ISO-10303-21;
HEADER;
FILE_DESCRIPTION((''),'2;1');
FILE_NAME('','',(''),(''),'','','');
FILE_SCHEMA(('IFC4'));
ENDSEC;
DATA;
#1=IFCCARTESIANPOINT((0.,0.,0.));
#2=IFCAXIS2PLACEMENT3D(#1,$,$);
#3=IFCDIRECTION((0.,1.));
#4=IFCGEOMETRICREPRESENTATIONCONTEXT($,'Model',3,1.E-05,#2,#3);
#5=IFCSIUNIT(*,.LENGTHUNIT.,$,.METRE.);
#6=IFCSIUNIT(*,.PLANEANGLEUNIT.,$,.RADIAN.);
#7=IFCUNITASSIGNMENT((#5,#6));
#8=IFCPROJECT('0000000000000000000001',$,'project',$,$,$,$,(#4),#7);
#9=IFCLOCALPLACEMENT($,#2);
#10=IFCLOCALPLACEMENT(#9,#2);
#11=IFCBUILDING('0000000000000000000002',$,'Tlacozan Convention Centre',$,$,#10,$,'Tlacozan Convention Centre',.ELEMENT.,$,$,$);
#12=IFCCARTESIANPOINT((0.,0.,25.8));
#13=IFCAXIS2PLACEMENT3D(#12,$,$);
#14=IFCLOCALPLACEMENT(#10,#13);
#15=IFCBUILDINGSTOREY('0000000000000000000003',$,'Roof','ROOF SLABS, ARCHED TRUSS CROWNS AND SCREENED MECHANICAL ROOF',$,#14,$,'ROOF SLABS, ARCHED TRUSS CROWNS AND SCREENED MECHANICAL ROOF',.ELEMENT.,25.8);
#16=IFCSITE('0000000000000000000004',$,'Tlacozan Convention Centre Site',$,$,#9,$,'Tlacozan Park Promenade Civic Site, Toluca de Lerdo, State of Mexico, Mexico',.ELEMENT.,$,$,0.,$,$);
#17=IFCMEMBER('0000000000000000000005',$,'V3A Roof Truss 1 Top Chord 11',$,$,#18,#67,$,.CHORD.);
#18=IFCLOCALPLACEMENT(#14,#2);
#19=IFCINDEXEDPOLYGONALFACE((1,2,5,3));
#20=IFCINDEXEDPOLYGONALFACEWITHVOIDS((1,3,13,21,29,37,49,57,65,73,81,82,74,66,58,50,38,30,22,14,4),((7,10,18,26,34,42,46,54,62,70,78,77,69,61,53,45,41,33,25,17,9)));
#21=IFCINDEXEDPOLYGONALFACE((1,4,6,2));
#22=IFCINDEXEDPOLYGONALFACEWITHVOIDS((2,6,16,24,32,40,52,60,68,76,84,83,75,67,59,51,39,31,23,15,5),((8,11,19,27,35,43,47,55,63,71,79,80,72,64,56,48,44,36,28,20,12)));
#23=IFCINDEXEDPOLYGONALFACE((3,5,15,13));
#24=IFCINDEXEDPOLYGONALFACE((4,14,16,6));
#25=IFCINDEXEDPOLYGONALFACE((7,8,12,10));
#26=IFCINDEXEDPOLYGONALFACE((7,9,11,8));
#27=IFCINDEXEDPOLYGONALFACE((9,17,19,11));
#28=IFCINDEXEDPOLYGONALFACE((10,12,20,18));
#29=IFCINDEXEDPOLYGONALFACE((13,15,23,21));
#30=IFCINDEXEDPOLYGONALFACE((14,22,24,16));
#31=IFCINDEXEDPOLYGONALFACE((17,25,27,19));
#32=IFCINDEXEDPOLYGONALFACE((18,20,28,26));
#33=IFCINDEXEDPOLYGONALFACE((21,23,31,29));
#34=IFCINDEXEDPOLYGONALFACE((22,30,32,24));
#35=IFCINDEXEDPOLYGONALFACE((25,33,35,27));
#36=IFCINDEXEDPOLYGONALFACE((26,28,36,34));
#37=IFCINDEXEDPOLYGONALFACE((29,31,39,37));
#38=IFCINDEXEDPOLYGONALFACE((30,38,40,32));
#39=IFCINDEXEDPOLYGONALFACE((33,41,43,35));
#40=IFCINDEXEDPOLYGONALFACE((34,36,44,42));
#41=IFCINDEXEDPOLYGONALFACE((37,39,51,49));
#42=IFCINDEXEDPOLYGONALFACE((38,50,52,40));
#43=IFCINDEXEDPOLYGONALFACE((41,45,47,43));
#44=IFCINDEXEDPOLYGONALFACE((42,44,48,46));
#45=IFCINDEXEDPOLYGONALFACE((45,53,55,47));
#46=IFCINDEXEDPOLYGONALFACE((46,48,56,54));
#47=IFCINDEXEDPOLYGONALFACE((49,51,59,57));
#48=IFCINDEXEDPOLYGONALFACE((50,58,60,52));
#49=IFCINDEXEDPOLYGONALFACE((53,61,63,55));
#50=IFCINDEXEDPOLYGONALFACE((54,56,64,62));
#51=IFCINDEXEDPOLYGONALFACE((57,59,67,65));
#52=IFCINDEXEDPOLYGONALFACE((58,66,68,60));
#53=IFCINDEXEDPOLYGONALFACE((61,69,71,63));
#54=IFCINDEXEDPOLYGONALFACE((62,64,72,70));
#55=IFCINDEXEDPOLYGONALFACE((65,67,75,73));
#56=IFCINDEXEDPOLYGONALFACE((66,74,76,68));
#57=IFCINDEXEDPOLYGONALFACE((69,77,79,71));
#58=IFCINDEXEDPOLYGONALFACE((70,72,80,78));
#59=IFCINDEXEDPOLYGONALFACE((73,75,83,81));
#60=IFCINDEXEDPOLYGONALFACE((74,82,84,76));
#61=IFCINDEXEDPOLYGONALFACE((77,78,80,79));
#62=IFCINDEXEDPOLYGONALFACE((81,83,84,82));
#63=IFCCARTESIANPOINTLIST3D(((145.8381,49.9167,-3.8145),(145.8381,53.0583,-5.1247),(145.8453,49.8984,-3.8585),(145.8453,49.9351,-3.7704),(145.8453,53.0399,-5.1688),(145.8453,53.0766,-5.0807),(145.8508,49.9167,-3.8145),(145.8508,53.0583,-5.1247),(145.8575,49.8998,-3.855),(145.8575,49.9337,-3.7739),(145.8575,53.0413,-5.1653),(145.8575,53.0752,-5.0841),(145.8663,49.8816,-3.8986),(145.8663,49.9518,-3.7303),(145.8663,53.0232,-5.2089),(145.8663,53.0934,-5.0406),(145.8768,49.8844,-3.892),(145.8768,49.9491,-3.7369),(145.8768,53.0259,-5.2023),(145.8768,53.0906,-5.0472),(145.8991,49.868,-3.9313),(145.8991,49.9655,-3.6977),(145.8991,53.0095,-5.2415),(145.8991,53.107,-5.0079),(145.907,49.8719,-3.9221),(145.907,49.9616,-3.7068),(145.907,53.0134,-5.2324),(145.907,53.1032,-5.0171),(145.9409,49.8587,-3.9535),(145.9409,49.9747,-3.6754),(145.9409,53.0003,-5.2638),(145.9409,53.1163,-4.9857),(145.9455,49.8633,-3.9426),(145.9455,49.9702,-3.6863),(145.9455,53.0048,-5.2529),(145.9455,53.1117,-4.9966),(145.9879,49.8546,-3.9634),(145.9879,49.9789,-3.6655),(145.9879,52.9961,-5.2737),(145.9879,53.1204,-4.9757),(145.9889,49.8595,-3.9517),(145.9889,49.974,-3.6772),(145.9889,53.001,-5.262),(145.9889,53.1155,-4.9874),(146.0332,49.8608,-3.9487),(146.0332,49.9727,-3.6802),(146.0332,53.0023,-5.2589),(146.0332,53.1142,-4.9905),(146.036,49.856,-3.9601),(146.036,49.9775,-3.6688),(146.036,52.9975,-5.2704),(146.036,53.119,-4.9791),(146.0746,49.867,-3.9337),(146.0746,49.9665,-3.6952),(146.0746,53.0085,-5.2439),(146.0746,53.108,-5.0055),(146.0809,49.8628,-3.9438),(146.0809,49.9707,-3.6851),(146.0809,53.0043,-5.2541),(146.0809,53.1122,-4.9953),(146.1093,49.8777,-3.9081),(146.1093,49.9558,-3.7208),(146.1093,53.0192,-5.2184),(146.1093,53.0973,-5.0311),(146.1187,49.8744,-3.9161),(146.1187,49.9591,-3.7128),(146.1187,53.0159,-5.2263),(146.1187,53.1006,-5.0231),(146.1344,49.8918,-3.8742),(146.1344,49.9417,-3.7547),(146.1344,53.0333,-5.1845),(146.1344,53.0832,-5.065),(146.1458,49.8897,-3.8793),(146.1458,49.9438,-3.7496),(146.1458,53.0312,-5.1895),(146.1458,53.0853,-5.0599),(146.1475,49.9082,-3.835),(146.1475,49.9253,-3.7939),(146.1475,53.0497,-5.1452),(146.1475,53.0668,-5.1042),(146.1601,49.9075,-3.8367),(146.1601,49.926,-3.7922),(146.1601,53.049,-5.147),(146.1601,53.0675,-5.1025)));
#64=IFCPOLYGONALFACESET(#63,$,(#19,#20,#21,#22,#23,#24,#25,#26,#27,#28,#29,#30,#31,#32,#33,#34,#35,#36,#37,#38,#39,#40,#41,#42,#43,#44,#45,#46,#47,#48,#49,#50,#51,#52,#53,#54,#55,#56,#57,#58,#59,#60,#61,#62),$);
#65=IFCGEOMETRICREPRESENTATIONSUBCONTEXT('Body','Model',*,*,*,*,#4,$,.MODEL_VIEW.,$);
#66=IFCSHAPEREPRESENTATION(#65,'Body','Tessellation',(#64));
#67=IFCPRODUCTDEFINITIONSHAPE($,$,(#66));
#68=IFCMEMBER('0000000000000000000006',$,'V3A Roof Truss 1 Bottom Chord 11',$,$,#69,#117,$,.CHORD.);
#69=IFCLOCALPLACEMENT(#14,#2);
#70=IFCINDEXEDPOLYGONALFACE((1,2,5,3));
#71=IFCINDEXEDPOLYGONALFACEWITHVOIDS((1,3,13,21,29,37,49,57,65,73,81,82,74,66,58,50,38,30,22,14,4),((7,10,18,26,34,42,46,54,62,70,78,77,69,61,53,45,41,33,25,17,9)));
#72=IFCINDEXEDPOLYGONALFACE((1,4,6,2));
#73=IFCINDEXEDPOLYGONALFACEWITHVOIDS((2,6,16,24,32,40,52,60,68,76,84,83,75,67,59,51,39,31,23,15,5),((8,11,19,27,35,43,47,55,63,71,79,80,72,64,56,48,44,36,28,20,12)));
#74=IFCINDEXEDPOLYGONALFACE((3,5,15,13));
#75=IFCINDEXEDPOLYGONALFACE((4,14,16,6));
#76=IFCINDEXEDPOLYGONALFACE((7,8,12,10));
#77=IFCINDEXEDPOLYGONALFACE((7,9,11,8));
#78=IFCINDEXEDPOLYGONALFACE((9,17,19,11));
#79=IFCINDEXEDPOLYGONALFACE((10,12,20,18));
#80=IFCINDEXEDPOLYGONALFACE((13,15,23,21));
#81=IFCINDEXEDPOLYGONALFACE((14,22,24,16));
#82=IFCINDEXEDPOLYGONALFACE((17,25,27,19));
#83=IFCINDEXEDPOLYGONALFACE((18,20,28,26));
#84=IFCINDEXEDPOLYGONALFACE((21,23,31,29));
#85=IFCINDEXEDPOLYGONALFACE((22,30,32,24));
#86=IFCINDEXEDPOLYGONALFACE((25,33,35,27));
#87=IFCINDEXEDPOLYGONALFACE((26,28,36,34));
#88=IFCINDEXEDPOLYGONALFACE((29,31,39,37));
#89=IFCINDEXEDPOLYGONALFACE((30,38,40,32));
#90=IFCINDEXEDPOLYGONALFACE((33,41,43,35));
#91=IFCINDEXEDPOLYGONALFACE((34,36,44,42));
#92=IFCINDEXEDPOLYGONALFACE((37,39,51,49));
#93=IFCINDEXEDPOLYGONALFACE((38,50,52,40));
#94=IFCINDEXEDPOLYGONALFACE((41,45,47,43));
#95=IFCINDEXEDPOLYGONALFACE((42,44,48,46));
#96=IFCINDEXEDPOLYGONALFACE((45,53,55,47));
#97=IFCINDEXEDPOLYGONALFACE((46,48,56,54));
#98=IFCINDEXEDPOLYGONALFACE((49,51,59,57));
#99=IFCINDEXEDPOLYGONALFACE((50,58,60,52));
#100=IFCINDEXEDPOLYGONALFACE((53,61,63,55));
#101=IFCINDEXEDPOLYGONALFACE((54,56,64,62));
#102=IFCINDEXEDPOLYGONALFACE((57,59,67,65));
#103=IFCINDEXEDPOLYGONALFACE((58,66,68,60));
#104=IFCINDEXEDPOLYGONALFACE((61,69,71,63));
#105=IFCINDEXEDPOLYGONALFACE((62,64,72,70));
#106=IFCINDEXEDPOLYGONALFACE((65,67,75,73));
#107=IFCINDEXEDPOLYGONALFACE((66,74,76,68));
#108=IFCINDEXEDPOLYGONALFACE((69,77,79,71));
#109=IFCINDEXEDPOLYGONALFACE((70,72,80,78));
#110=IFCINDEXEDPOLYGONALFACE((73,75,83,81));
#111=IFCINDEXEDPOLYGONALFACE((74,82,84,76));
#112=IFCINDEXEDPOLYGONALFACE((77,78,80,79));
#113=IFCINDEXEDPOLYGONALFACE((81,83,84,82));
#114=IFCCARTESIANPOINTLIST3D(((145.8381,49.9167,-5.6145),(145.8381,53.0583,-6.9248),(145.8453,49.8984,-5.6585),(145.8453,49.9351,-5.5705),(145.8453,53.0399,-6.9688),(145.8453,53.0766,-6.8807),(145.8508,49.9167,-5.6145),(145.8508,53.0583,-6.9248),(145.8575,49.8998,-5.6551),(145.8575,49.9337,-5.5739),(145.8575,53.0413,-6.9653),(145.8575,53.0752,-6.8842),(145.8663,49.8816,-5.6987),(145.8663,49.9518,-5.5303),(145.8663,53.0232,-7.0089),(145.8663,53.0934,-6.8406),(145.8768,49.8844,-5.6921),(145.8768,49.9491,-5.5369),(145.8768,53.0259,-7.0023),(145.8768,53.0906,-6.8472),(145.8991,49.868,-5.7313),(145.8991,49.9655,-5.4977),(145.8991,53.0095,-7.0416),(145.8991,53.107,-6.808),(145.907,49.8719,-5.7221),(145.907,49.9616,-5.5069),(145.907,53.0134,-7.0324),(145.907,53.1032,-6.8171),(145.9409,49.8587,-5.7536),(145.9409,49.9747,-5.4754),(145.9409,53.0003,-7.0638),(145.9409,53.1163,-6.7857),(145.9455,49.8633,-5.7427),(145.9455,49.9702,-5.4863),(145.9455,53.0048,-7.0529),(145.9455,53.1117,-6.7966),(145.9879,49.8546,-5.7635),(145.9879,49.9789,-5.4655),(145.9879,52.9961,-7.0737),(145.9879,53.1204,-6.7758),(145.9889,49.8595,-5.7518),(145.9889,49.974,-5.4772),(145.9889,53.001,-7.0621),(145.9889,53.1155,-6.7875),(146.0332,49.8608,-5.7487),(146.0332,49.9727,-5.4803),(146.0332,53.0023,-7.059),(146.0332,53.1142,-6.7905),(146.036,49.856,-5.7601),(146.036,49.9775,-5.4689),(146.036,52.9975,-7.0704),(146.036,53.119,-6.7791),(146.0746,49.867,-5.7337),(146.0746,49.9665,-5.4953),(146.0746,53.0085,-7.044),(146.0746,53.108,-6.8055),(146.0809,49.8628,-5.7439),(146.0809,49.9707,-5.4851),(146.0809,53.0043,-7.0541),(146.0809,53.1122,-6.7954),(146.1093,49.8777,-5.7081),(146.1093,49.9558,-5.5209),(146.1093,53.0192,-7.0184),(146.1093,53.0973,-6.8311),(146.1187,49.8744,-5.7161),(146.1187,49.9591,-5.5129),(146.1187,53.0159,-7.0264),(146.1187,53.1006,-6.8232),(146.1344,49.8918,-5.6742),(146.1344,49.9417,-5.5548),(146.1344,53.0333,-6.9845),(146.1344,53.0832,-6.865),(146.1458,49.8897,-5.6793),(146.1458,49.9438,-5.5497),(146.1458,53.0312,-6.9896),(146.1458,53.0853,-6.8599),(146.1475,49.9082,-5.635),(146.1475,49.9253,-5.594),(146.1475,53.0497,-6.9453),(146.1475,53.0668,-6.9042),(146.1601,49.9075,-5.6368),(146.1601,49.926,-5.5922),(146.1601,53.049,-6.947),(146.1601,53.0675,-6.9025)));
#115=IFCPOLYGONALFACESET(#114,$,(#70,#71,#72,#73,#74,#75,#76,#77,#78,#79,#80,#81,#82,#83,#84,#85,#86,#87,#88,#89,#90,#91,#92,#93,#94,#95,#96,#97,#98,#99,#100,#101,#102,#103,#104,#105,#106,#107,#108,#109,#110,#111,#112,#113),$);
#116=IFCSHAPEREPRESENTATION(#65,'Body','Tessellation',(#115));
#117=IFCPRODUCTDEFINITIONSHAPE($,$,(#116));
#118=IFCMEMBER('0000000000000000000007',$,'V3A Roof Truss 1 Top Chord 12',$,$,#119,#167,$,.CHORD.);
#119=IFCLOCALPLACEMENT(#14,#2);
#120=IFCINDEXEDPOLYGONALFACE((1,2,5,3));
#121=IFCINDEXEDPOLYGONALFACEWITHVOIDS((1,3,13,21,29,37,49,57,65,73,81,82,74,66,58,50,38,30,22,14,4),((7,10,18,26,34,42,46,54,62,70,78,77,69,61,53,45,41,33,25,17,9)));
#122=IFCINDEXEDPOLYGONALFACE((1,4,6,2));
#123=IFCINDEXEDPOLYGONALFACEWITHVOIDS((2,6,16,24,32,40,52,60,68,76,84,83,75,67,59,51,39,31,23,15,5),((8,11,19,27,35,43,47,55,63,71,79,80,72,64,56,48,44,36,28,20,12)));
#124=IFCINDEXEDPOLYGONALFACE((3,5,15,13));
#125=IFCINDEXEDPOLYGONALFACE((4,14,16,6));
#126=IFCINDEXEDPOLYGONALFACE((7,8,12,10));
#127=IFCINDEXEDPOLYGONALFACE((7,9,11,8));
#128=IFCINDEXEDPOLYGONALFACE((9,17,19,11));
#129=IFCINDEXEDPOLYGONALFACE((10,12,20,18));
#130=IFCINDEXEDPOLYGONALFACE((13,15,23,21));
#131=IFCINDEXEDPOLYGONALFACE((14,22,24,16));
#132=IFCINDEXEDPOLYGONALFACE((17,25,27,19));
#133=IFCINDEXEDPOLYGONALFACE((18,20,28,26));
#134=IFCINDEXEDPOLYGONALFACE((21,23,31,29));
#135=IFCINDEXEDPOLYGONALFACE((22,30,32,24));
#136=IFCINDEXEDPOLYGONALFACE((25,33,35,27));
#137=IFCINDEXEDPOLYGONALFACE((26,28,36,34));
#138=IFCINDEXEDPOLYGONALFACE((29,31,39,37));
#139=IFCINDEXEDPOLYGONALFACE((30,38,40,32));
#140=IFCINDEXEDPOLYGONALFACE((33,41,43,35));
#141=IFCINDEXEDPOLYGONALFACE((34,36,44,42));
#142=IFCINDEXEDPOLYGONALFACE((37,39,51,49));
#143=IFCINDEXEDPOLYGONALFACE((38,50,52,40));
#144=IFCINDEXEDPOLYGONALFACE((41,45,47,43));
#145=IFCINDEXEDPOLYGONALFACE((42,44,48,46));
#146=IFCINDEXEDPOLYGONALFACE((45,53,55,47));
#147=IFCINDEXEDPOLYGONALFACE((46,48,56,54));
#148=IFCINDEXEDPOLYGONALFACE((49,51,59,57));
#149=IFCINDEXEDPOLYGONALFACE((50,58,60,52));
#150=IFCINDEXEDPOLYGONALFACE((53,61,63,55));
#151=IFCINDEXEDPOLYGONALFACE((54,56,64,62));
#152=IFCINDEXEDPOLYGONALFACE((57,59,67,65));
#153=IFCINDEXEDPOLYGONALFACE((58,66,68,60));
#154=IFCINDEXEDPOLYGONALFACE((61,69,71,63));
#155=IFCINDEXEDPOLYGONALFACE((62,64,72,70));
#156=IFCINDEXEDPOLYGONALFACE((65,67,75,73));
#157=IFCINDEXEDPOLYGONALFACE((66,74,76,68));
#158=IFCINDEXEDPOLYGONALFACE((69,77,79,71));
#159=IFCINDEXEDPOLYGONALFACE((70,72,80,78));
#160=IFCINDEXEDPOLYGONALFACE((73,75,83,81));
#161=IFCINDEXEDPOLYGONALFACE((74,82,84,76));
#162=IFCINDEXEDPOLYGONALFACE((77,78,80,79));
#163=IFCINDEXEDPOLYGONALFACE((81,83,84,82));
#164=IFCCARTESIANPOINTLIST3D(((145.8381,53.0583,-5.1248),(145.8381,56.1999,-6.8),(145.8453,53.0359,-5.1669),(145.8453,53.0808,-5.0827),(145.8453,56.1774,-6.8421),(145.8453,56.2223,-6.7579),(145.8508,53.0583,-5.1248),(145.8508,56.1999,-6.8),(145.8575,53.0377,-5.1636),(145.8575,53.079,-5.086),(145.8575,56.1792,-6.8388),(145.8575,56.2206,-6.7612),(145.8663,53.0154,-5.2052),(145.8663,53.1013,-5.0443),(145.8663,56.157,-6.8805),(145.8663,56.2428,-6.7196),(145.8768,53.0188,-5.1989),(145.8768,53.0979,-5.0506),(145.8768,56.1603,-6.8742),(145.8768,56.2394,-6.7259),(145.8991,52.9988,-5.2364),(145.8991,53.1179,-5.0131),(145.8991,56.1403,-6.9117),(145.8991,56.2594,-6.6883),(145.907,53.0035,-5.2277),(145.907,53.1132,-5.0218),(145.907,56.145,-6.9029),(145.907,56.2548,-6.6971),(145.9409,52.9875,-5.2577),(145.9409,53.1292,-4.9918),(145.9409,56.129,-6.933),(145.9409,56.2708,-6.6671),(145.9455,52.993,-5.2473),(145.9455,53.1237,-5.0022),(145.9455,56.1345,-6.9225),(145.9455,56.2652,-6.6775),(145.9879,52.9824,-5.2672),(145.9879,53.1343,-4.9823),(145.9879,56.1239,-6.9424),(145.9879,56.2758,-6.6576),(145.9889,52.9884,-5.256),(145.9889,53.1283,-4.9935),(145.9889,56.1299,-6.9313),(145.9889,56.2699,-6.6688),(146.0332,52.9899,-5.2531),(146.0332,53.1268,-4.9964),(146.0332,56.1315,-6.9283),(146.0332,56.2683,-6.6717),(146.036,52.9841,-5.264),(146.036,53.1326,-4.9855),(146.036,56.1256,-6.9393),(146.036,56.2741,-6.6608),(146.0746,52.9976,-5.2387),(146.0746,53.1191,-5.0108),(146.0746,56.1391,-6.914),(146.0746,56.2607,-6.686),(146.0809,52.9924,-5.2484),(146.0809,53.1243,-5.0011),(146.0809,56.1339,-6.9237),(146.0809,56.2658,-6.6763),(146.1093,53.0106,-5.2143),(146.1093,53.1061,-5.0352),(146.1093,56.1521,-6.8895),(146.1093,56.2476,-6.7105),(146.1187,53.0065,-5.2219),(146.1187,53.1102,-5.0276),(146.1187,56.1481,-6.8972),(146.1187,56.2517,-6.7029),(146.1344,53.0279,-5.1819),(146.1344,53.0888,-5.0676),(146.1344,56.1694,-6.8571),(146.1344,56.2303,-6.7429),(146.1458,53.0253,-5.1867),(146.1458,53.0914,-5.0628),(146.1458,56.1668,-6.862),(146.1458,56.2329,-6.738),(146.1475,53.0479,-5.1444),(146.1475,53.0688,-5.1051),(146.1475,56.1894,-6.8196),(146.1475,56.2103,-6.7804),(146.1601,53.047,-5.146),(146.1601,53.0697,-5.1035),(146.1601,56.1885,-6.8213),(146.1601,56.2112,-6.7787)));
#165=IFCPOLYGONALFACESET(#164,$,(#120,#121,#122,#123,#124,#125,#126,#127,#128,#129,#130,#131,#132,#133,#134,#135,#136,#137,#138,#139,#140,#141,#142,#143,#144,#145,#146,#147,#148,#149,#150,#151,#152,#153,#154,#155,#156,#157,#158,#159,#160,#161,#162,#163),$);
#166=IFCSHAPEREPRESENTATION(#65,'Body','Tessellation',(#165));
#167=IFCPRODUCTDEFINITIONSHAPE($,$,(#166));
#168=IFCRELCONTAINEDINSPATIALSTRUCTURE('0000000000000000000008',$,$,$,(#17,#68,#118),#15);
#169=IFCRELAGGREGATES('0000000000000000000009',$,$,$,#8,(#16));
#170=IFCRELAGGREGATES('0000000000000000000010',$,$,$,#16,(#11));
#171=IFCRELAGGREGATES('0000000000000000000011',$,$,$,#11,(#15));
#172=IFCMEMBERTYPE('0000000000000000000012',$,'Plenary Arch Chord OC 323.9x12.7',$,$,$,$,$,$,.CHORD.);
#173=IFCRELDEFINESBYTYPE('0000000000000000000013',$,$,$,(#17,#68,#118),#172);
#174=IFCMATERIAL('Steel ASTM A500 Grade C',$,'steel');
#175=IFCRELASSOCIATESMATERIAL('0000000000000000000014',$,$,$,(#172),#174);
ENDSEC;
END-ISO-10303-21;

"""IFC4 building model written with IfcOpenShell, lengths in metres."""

from ifc_helpers import new_model, si_unit, direction, frame, origin, origin_2d, place, context, subcontext, project, spatial, hollow_circle, extrude, material, material_profile, profile_set, type_object, element, save


model = new_model("IFC4")

# Units and contexts
model_context = context("Model", 3, precision=1e-05, world=origin(), true_north=direction((0.0, 1.0)))
body_context = subcontext(model_context, "Body", "Model", "MODEL_VIEW")
ifc_project = project(units=[si_unit("LENGTHUNIT", "METRE"), si_unit("PLANEANGLEUNIT", "RADIAN")], contexts=[model_context])

# Site, building, storey
site_placement = place(None, origin())
site = spatial("IfcSite", under=ifc_project, at=site_placement, Name="Tlacozan Convention Centre Site", LongName="Tlacozan Park Promenade Civic Site, Toluca de Lerdo, State of Mexico, Mexico", CompositionType="ELEMENT", RefElevation=0.0)
building_placement = place(site_placement, origin())
building = spatial("IfcBuilding", under=site, at=building_placement, Name="Tlacozan Convention Centre", LongName="Tlacozan Convention Centre", CompositionType="ELEMENT")
storey_placement = place(building_placement, frame((0.0, 0.0, 25.8)))
storey = spatial("IfcBuildingStorey", under=building, at=storey_placement, Name="Roof", Description="ROOF SLABS, ARCHED TRUSS CROWNS AND SCREENED MECHANICAL ROOF", LongName="ROOF SLABS, ARCHED TRUSS CROWNS AND SCREENED MECHANICAL ROOF", CompositionType="ELEMENT", Elevation=25.8)

# Members
ifc_material_1 = material(Name="Steel ASTM A500 Grade C", Category="steel")
ifc_material_profile_1 = material_profile(ifc_material_1, hollow_circle(Radius=0.1619, WallThickness=0.0127, at=origin_2d()), Name="OC 323.9x12.7")
ifc_profile_set_1 = profile_set([ifc_material_profile_1], Name="Steel ASTM A500 Grade C")
member_type_1 = type_object("IfcMemberType", Name="Plenary Arch Chord OC 323.9x12.7", PredefinedType="CHORD", material=ifc_profile_set_1)
for number, where, z_axis, x_axis, name in (
    (1, (146.0, 49.9167, -3.8145), (0.0, 0.922941, -0.384941), (-1.0, 0.0, 0.0), "V3A Roof Truss 1 Top Chord 11"),
    (2, (146.0, 49.9167, -5.6145), (0.0, 0.922941, -0.384941), (-1.0, 0.0, 0.0), "V3A Roof Truss 1 Bottom Chord 11"),
):
    element("IfcMember", number, at=place(storey_placement, frame(where, z_axis=z_axis, x_axis=x_axis)), inside=storey, type_object=member_type_1, Name=name, PredefinedType="CHORD", context=body_context, shape_type="SweptSolid", body=[
        extrude(hollow_circle(Radius=0.1619, WallThickness=0.0127, at=origin_2d()), origin(), (0.0, 0.0, 1.0), 3.4038),
    ])
for number, where, z_axis, x_axis, name in (
    (3, (146.0, 53.0583, -5.1248), (0.0, 0.88238, -0.470538), (-1.0, 0.0, 0.0), "V3A Roof Truss 1 Top Chord 12"),
):
    element("IfcMember", number, at=place(storey_placement, frame(where, z_axis=z_axis, x_axis=x_axis)), inside=storey, type_object=member_type_1, Name=name, PredefinedType="CHORD", context=body_context, shape_type="SweptSolid", body=[
        extrude(hollow_circle(Radius=0.1619, WallThickness=0.0127, at=origin_2d()), origin(), (0.0, 0.0, 1.0), 3.5603),
    ])

save(model, "model.ifc")
